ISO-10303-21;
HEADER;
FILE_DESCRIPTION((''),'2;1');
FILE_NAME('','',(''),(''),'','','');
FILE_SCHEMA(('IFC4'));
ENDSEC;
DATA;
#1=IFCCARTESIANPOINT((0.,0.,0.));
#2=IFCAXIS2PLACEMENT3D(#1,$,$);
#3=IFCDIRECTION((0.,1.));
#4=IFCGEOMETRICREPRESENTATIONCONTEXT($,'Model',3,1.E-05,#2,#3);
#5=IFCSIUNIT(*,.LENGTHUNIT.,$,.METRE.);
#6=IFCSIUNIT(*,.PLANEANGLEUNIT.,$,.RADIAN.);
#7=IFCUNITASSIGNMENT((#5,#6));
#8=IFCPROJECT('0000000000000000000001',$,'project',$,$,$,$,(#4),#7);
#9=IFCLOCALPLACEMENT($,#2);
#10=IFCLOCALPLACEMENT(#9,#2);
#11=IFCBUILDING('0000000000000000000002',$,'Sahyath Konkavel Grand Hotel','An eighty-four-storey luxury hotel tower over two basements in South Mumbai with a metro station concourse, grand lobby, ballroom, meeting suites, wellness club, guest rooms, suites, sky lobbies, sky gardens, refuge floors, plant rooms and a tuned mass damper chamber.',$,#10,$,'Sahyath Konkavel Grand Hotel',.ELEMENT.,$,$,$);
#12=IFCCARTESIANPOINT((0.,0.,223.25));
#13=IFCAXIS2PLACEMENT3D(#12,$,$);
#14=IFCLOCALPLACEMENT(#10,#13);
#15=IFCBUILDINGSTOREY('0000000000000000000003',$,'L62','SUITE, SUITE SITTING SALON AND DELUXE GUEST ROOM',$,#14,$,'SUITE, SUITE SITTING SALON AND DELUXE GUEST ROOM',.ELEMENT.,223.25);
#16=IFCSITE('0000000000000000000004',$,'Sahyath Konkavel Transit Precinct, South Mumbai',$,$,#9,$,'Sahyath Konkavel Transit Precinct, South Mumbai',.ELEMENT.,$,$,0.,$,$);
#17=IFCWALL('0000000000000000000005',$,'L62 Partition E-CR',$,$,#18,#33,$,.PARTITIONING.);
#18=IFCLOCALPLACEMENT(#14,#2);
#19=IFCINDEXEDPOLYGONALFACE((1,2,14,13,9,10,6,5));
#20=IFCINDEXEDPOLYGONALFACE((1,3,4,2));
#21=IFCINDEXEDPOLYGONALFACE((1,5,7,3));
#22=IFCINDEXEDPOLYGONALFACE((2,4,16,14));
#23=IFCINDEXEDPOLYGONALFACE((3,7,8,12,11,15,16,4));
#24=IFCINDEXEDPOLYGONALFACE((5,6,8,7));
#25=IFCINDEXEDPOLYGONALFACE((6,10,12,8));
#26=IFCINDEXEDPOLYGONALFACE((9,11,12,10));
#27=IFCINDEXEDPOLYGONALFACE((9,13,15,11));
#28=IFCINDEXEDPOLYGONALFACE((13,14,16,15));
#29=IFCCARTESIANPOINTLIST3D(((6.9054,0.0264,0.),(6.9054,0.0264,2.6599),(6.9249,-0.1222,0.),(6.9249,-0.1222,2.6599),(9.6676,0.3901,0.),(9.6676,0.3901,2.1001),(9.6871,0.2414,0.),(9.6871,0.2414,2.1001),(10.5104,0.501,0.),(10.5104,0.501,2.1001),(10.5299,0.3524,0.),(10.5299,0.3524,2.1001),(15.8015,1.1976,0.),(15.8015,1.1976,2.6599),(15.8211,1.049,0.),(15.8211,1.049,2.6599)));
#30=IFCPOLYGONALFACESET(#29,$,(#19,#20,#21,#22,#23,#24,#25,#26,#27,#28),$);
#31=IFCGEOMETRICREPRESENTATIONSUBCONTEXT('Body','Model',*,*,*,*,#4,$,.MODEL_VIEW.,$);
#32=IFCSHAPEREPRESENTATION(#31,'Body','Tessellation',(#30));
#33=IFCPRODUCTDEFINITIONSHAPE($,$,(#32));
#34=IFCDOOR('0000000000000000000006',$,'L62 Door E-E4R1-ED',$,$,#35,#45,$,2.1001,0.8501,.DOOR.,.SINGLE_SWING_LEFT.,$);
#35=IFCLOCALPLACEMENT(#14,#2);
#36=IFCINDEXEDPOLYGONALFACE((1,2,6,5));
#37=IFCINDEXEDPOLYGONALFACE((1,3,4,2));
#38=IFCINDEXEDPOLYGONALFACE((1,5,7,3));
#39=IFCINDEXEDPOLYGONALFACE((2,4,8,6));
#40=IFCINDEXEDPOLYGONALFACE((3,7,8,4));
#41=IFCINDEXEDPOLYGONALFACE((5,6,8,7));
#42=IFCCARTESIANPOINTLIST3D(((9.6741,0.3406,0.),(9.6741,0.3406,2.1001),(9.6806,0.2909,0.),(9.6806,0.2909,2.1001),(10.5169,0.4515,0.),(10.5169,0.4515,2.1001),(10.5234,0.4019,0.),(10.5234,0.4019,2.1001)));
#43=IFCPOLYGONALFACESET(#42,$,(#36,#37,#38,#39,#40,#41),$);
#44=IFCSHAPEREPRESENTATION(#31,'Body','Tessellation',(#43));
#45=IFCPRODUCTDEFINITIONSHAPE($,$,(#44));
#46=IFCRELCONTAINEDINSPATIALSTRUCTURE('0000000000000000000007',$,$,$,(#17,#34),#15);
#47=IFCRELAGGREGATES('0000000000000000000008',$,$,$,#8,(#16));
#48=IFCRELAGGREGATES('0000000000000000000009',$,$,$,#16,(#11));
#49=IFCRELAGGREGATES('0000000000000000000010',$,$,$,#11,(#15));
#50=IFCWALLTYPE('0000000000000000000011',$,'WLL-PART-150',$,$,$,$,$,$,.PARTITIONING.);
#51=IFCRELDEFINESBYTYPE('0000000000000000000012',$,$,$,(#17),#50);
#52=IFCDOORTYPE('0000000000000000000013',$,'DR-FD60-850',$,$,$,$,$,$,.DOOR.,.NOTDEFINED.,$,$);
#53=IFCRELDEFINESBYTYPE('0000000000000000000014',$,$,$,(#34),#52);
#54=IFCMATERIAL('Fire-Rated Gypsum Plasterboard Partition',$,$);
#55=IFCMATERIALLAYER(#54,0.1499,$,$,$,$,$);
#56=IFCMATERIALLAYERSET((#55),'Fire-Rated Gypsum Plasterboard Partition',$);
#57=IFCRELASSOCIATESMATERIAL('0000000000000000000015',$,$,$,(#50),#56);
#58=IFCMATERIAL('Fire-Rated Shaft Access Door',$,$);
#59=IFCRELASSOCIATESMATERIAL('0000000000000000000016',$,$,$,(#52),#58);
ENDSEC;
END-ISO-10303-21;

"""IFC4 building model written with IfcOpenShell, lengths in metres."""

from ifc_helpers import new_model, si_unit, direction, frame, frame_2d, origin, origin_2d, place, context, subcontext, project, spatial, rectangle, extrude, source, transform, mapped, material, layer, layer_set, type_object, element, fill, save


model = new_model("IFC4")

# Units and contexts
model_context = context("Model", 3, precision=1e-05, world=origin(), true_north=direction((0.0, 1.0)))
body_context = subcontext(model_context, "Body", "Model", "MODEL_VIEW")
ifc_project = project(units=[si_unit("LENGTHUNIT", "METRE"), si_unit("PLANEANGLEUNIT", "RADIAN")], contexts=[model_context])

# Site, building, storey
site_placement = place(None, origin())
site = spatial("IfcSite", under=ifc_project, at=site_placement, Name="Sahyath Konkavel Transit Precinct, South Mumbai", LongName="Sahyath Konkavel Transit Precinct, South Mumbai", CompositionType="ELEMENT", RefElevation=0.0)
building_placement = place(site_placement, origin())
building = spatial("IfcBuilding", under=site, at=building_placement, Name="Sahyath Konkavel Grand Hotel", Description="An eighty-four-storey luxury hotel tower over two basements in South Mumbai with a metro station concourse, grand lobby, ballroom, meeting suites, wellness club, guest rooms, suites, sky lobbies, sky gardens, refuge floors, plant rooms and a tuned mass damper chamber.", LongName="Sahyath Konkavel Grand Hotel", CompositionType="ELEMENT")
storey_placement = place(building_placement, frame((0.0, 0.0, 223.25)))
storey = spatial("IfcBuildingStorey", under=building, at=storey_placement, Name="L62", Description="SUITE, SUITE SITTING SALON AND DELUXE GUEST ROOM", LongName="SUITE, SUITE SITTING SALON AND DELUXE GUEST ROOM", CompositionType="ELEMENT", Elevation=223.25)

# Shared definitions
ifc_material_1 = material(Name="Fire-Rated Gypsum Plasterboard Partition")
ifc_layer_1 = layer(ifc_material_1, 0.1499)
ifc_layer_set_1 = layer_set([ifc_layer_1], Name="Fire-Rated Gypsum Plasterboard Partition")
wall_type_1 = type_object("IfcWallType", Name="WLL-PART-150", PredefinedType="PARTITIONING", material=ifc_layer_set_1)
ifc_material_2 = material(Name="Fire-Rated Shaft Access Door")
door_type_1 = type_object("IfcDoorType", Name="DR-FD60-850", OperationType="NOTDEFINED", PredefinedType="DOOR", material=ifc_material_2)
shared_shape_1 = source(origin(), body_context, "Body", "SweptSolid", [
    extrude(rectangle(XDim=0.8501, YDim=0.05, at=origin_2d()), origin(), (0.0, 0.0, 1.0), 2.1001),
])

# Wall, opening, door
wall_1_placement = place(storey_placement, frame((6.9153, -0.0479, 0.0), z_axis=(0.0, 0.0, 1.0), x_axis=(0.991446, 0.130519, 0.0)))
wall_1 = element("IfcWall", 1, at=wall_1_placement, inside=storey, type_object=wall_type_1, Name="L62 Partition E-CR", PredefinedType="PARTITIONING", context=body_context, shape_type="SweptSolid", body=[
    extrude(rectangle(XDim=8.9729, YDim=0.1499, at=frame_2d((4.4863, 0.0))), origin(), (0.0, 0.0, 1.0), 2.6599),
])
opening_1_placement = place(wall_1_placement, frame((2.7859, 0.0, 0.0)))
opening_1 = element("IfcOpeningElement", 2, at=opening_1_placement, cuts=wall_1, PredefinedType="OPENING", context=body_context, shape_type="SweptSolid", body=[
    extrude(rectangle(XDim=0.8501, YDim=2.1001, at=frame_2d((0.425, 1.05))), frame((0.0, 0.085, 0.0), z_axis=(0.0, -1.0, 0.0), x_axis=(1.0, 0.0, 0.0)), (0.0, 0.0, 1.0), 0.1699),
])
door_1_placement = place(opening_1_placement, frame((0.425, 0.0, 0.0)))
door_1 = element("IfcDoor", 3, at=door_1_placement, inside=storey, type_object=door_type_1, Name="L62 Door E-E4R1-ED", OperationType="SINGLE_SWING_LEFT", OverallHeight=2.1001, OverallWidth=0.8501, PredefinedType="DOOR", context=body_context, shape_type="MappedRepresentation", body=[
    mapped(shared_shape_1, transform((0.0, 0.0, 0.0), scale=1.0)),
])
fill(opening_1, door_1)

save(model, "model.ifc")
